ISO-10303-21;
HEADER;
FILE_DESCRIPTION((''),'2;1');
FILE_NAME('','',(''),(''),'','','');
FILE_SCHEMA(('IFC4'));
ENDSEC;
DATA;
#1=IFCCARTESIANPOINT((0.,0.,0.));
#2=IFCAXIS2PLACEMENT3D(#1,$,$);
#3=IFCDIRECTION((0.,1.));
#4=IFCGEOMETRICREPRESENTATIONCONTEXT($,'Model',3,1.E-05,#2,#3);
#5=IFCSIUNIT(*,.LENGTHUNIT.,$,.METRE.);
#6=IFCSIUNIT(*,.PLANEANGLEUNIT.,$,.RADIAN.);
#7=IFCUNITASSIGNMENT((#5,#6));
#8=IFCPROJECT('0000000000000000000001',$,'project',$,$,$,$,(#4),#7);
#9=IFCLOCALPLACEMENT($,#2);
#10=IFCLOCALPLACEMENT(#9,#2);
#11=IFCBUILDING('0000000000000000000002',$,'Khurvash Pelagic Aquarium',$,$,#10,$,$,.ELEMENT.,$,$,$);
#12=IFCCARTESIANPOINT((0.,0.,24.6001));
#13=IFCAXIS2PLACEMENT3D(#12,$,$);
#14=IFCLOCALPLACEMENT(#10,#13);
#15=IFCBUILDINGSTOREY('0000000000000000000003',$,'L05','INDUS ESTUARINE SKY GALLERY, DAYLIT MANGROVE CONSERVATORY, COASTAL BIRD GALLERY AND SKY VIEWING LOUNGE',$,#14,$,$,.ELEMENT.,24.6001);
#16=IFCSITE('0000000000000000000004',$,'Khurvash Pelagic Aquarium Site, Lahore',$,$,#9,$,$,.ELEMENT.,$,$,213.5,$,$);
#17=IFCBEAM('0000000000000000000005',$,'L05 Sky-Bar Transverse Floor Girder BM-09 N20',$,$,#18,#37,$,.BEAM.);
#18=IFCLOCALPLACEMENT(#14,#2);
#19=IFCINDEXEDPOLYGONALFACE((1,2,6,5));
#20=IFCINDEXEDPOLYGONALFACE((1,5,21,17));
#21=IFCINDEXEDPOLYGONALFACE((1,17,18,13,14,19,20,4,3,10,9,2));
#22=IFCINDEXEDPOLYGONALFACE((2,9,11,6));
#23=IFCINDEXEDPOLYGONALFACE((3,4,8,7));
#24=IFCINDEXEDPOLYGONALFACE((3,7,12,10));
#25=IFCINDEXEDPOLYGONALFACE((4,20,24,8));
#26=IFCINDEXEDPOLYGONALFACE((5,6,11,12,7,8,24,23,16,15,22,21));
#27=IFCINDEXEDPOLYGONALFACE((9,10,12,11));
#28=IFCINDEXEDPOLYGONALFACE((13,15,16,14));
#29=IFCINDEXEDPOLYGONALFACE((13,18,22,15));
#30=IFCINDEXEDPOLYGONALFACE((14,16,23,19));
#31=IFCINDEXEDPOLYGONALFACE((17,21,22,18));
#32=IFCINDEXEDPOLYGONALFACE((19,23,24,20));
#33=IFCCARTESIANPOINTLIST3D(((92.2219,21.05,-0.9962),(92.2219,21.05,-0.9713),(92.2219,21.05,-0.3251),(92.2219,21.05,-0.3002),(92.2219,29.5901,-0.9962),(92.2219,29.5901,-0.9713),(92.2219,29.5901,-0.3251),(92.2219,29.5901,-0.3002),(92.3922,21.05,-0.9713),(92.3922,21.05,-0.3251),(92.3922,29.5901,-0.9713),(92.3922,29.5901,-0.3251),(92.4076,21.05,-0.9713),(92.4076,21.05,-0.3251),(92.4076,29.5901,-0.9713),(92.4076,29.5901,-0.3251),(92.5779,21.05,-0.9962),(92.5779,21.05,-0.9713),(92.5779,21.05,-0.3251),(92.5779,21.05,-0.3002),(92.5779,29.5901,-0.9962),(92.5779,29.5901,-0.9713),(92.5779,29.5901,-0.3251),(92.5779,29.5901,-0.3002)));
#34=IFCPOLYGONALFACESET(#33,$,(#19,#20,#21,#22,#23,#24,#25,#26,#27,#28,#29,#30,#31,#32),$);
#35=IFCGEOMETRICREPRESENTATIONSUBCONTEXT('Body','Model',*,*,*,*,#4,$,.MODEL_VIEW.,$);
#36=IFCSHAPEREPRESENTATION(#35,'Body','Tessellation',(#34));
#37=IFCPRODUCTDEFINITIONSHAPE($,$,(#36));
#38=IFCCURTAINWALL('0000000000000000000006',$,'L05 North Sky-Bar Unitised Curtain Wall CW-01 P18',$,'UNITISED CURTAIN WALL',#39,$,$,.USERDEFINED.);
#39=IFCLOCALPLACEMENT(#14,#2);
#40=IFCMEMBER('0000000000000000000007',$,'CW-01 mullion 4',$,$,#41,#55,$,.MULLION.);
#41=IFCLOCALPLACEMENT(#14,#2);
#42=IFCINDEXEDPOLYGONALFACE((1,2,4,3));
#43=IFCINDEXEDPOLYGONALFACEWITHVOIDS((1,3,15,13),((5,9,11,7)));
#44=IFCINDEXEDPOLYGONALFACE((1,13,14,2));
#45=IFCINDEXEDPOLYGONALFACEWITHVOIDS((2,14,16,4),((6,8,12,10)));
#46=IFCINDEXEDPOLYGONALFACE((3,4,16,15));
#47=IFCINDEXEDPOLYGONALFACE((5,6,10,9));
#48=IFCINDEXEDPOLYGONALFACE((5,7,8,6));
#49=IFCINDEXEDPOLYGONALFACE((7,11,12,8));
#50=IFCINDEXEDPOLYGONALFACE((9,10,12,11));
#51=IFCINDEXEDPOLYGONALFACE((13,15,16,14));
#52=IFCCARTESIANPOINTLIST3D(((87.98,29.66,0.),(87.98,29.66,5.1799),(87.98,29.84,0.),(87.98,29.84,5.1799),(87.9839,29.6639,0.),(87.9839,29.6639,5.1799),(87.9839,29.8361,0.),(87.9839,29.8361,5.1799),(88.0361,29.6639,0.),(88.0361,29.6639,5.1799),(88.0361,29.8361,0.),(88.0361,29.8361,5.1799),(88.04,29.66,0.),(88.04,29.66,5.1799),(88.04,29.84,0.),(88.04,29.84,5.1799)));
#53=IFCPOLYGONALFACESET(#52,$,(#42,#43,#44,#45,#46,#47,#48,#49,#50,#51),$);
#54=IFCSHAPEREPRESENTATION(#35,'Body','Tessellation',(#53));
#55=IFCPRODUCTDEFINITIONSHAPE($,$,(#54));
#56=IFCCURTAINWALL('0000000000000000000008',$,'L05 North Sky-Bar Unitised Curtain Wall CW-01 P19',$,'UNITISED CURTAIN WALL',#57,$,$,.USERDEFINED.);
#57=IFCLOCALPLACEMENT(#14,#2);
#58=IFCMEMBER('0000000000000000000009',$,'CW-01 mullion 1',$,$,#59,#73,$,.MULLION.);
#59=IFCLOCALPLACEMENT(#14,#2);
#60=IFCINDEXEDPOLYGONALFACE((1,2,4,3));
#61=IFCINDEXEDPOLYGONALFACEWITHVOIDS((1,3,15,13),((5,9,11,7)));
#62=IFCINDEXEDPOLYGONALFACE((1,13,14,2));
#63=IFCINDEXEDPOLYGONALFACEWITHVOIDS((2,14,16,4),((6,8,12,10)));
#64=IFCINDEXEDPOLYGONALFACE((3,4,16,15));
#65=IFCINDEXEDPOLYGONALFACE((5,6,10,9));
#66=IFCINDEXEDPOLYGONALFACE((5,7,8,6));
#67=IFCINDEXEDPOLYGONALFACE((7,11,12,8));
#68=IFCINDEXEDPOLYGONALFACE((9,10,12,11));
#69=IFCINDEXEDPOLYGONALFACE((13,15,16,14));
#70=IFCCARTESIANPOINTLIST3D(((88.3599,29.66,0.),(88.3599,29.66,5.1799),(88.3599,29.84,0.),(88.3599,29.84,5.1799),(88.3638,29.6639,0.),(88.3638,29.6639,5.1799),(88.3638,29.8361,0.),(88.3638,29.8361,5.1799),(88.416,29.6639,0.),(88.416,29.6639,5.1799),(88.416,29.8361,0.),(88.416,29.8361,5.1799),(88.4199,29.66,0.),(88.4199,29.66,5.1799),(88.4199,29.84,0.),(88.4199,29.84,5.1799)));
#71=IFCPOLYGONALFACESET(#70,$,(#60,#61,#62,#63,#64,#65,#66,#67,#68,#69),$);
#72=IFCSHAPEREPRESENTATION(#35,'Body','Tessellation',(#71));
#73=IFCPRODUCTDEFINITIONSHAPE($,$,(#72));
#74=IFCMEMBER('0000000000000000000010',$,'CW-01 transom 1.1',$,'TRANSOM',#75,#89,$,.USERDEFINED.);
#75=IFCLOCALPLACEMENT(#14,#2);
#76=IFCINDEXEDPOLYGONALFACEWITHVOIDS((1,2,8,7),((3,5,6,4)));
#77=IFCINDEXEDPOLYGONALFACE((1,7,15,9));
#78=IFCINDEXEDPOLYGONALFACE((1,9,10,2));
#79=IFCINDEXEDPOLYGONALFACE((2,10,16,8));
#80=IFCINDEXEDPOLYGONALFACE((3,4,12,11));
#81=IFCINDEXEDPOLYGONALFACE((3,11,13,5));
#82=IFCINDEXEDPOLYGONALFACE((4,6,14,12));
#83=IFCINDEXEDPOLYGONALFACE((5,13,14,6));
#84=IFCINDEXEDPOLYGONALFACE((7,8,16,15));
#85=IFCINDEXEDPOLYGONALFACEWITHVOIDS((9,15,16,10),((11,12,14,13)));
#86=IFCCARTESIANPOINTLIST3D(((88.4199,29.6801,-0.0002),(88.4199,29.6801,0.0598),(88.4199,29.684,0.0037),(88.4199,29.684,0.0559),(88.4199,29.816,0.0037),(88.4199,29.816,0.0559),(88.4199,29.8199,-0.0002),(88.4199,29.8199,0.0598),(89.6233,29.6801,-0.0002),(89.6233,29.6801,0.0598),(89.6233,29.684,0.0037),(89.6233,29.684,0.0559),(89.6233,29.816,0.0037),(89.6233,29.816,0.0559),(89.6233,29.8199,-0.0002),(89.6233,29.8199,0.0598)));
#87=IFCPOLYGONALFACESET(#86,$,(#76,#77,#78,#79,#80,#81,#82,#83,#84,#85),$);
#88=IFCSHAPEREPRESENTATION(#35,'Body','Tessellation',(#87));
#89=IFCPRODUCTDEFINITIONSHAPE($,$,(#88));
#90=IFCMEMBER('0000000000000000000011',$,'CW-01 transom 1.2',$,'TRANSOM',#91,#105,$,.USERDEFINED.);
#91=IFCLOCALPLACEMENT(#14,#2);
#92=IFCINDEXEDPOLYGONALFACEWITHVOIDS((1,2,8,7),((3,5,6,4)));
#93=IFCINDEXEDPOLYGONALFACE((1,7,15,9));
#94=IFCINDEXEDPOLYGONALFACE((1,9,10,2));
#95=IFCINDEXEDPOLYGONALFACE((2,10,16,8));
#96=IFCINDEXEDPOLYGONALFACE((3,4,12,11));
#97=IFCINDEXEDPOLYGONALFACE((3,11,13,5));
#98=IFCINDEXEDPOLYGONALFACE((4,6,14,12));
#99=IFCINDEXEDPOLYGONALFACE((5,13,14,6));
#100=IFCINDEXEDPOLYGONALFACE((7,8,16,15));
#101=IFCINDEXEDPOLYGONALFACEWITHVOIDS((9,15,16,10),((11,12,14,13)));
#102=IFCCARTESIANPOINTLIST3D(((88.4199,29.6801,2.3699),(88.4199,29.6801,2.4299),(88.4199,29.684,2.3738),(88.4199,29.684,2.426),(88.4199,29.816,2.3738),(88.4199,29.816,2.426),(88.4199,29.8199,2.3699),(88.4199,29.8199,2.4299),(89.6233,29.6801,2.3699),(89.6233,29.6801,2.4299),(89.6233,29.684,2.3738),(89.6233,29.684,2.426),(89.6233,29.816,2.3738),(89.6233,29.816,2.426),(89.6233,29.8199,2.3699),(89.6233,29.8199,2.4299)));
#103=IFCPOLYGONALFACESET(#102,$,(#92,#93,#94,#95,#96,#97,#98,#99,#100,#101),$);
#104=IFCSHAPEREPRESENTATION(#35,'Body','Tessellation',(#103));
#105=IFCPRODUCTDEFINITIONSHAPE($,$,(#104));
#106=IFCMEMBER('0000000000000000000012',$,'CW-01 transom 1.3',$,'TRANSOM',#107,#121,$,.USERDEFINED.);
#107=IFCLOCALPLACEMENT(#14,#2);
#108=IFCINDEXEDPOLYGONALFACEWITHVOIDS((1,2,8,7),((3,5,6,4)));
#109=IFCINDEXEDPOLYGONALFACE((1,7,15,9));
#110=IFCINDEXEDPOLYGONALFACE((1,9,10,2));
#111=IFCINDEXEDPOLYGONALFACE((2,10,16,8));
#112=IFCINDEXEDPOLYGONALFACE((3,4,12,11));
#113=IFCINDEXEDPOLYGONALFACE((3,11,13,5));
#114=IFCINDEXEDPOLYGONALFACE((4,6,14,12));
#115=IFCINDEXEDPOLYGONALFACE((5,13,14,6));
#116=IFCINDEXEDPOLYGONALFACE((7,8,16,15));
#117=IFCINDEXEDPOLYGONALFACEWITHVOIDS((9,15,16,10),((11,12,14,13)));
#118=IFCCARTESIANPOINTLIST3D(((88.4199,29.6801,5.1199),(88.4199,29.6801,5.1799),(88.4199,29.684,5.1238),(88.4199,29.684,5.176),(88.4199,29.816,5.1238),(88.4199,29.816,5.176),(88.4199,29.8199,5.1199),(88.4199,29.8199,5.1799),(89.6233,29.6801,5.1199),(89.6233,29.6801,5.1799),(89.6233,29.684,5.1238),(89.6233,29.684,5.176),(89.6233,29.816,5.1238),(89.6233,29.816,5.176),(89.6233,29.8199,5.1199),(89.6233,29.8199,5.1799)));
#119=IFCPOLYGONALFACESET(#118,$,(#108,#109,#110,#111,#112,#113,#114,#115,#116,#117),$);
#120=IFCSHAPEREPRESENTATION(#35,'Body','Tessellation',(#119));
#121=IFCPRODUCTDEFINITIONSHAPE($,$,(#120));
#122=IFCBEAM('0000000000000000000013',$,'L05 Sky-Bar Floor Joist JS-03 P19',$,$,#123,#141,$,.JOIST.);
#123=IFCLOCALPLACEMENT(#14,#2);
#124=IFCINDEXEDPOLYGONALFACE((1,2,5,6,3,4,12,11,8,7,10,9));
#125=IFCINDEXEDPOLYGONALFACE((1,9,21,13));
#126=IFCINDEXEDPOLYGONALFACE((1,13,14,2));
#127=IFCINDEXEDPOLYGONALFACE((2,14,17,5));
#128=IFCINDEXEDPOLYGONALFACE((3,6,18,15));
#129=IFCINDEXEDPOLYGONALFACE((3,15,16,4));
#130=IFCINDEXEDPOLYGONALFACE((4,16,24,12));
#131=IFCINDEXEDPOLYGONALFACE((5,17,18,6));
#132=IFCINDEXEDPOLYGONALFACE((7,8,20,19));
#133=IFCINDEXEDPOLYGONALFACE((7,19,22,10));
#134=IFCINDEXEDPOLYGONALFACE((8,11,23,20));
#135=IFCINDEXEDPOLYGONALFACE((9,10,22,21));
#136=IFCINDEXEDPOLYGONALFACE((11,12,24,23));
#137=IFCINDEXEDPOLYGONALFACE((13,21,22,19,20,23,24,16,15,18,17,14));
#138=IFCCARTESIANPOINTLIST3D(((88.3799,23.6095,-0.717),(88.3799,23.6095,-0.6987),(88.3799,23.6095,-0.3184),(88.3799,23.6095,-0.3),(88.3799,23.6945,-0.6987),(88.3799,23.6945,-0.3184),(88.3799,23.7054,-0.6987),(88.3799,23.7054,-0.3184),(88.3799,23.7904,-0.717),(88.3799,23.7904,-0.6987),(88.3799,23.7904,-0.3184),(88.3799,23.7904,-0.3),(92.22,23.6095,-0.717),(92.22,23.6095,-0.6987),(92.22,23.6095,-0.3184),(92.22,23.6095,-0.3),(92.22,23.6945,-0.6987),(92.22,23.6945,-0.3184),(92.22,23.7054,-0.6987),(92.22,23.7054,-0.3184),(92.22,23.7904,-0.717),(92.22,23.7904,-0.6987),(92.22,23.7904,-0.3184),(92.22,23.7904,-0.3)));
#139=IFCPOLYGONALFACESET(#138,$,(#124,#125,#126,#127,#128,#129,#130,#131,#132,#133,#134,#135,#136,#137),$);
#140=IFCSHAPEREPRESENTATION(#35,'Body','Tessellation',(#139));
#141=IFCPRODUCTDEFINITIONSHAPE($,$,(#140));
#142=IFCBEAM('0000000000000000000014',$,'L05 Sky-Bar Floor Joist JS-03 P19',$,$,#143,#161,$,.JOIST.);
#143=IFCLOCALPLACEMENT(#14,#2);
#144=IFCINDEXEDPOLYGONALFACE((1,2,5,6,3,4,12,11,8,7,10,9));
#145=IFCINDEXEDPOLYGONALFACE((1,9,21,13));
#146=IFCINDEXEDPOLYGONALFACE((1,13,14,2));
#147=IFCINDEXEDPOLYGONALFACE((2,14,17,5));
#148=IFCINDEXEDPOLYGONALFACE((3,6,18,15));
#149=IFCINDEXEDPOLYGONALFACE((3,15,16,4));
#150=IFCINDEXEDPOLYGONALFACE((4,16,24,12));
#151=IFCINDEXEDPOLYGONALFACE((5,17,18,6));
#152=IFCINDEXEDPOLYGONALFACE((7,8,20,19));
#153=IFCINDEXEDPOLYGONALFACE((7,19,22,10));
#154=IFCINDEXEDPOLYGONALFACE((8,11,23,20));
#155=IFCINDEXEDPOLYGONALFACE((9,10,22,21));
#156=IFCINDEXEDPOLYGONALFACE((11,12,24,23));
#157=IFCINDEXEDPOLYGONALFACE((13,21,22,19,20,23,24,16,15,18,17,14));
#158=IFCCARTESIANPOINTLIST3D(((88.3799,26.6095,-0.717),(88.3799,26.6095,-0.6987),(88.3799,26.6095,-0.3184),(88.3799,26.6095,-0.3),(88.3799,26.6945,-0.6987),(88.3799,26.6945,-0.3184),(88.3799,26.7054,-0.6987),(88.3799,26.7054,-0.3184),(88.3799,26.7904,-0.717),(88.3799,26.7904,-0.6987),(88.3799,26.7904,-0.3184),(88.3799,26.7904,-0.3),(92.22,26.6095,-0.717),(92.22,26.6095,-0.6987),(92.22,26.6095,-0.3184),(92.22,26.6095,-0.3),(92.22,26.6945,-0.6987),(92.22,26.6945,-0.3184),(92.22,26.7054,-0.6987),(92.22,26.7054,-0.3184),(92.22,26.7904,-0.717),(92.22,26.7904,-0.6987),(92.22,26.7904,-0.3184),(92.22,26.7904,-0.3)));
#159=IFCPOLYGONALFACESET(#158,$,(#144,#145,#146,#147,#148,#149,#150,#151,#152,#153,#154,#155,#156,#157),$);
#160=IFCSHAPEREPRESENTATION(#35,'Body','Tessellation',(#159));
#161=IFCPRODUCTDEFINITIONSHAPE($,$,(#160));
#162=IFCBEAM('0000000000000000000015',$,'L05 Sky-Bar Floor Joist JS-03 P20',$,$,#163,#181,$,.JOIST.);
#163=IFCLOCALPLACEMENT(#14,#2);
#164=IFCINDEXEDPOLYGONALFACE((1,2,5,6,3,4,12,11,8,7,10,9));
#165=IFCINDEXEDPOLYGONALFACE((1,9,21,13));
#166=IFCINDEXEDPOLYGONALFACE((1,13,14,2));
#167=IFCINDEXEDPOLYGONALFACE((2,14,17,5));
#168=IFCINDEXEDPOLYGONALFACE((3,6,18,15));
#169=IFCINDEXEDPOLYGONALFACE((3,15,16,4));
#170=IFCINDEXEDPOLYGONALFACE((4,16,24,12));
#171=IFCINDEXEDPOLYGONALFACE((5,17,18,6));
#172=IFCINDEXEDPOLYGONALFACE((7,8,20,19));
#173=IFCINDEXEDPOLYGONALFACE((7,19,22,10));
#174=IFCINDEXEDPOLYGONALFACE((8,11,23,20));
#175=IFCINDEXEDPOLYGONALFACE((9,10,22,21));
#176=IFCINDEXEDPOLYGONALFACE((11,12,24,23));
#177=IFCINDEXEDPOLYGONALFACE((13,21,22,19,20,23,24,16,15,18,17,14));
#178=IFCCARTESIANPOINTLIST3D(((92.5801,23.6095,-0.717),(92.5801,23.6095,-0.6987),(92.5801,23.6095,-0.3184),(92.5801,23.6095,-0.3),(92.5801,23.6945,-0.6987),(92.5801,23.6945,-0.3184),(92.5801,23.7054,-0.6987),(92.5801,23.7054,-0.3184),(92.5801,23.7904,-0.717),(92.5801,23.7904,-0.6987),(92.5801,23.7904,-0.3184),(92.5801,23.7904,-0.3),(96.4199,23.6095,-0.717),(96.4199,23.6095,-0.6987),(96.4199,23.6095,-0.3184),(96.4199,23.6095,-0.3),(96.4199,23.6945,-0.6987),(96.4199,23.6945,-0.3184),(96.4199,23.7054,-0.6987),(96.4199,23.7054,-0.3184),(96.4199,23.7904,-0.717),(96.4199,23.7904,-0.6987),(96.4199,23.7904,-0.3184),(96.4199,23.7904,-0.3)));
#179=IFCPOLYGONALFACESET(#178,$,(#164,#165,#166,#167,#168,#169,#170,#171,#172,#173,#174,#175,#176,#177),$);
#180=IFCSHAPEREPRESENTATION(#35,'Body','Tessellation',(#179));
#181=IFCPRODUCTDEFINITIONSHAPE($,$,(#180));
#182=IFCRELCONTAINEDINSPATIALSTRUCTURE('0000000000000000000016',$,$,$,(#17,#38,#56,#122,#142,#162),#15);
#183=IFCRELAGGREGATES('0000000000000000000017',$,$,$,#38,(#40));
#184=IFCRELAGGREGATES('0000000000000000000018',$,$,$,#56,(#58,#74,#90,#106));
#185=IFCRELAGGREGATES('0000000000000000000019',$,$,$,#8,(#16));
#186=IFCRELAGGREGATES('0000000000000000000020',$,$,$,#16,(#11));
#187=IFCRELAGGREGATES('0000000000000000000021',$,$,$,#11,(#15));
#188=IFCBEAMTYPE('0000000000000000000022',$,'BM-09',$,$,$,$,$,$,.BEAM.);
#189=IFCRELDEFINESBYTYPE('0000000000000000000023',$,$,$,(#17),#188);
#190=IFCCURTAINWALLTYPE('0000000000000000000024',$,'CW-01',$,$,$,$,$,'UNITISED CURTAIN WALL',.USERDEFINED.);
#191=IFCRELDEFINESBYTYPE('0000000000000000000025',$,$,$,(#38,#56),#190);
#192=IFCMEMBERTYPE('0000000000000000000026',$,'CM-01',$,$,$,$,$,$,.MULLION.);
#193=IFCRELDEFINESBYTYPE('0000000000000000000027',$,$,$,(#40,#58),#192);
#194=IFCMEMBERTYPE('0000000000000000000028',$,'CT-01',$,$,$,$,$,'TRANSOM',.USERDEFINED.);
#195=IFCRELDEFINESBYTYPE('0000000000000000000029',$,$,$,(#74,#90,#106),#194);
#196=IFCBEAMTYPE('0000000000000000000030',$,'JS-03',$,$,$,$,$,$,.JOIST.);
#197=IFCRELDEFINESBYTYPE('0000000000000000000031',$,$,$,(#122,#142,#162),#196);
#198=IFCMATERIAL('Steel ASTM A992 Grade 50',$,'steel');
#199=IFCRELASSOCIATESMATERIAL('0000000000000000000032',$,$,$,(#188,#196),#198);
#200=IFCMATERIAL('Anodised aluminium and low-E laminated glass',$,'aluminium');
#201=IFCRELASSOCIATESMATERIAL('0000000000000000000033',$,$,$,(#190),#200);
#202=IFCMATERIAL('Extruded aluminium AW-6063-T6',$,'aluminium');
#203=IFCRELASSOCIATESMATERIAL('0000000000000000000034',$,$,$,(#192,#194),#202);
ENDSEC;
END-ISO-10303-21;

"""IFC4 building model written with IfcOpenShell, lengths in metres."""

from ifc_helpers import new_model, si_unit, direction, frame, origin, origin_2d, place, context, subcontext, project, spatial, hollow_rectangle, i_section, extrude, material, material_profile, profile_set, type_object, element, aggregate, save


model = new_model("IFC4")

# Units and contexts
model_context = context("Model", 3, precision=1e-05, world=origin(), true_north=direction((0.0, 1.0)))
body_context = subcontext(model_context, "Body", "Model", "MODEL_VIEW")
ifc_project = project(units=[si_unit("LENGTHUNIT", "METRE"), si_unit("PLANEANGLEUNIT", "RADIAN")], contexts=[model_context])

# Site, building, storey
site_placement = place(None, origin())
site = spatial("IfcSite", under=ifc_project, at=site_placement, Name="Khurvash Pelagic Aquarium Site, Lahore", CompositionType="ELEMENT", RefElevation=213.5)
building_placement = place(site_placement, origin())
building = spatial("IfcBuilding", under=site, at=building_placement, Name="Khurvash Pelagic Aquarium", CompositionType="ELEMENT")
storey_placement = place(building_placement, frame((0.0, 0.0, 24.6001)))
storey = spatial("IfcBuildingStorey", under=building, at=storey_placement, Name="L05", Description="INDUS ESTUARINE SKY GALLERY, DAYLIT MANGROVE CONSERVATORY, COASTAL BIRD GALLERY AND SKY VIEWING LOUNGE", CompositionType="ELEMENT", Elevation=24.6001)

# Beam
ifc_material_1 = material(Name="Steel ASTM A992 Grade 50", Category="steel")
ifc_material_profile_1 = material_profile(ifc_material_1, i_section(OverallWidth=0.356, OverallDepth=0.696, WebThickness=0.0154, FlangeThickness=0.0249, at=origin_2d()), Name="W27X146")
ifc_profile_set_1 = profile_set([ifc_material_profile_1], Name="Steel ASTM A992 Grade 50")
beam_type_1 = type_object("IfcBeamType", Name="BM-09", PredefinedType="BEAM", material=ifc_profile_set_1)
beam_placement = place(storey_placement, frame((92.3999, 21.05, -0.6482), z_axis=(0.0, 1.0, 0.0), x_axis=(-1.0, 0.0, 0.0)))
element("IfcBeam", 1, at=beam_placement, inside=storey, type_object=beam_type_1, Name="L05 Sky-Bar Transverse Floor Girder BM-09 N20", PredefinedType="BEAM", context=body_context, shape_type="SweptSolid", body=[
    extrude(i_section(OverallWidth=0.356, OverallDepth=0.696, WebThickness=0.0154, FlangeThickness=0.0249, at=origin_2d()), origin(), (0.0, 0.0, 1.0), 8.54),
])

# Curtain wall, member
ifc_material_2 = material(Name="Anodised aluminium and low-E laminated glass", Category="aluminium")
curtain_wall_type = type_object("IfcCurtainWallType", Name="CW-01", ElementType="UNITISED CURTAIN WALL", PredefinedType="USERDEFINED", material=ifc_material_2)
curtain_wall_1_placement = place(storey_placement, origin())
curtain_wall_1 = element("IfcCurtainWall", 2, at=curtain_wall_1_placement, inside=storey, type_object=curtain_wall_type, Name="L05 North Sky-Bar Unitised Curtain Wall CW-01 P18", ObjectType="UNITISED CURTAIN WALL", PredefinedType="USERDEFINED")
ifc_material_3 = material(Name="Extruded aluminium AW-6063-T6", Category="aluminium")
ifc_material_profile_2 = material_profile(ifc_material_3, hollow_rectangle(XDim=0.0601, YDim=0.1799, WallThickness=0.0039, at=origin_2d()), Name="CWM60X180X4")
ifc_profile_set_2 = profile_set([ifc_material_profile_2], Name="Extruded aluminium AW-6063-T6")
member_type_1 = type_object("IfcMemberType", Name="CM-01", PredefinedType="MULLION", material=ifc_profile_set_2)
member_1_placement = place(storey_placement, frame((88.01, 29.75, 0.0), z_axis=(0.0, 0.0, 1.0), x_axis=(1.0, 0.0, 0.0)))
member_1 = element("IfcMember", 3, at=member_1_placement, type_object=member_type_1, Name="CW-01 mullion 4", PredefinedType="MULLION", context=body_context, shape_type="SweptSolid", body=[
    extrude(hollow_rectangle(XDim=0.0601, YDim=0.1799, WallThickness=0.0039, at=origin_2d()), origin(), (0.0, 0.0, 1.0), 5.1799),
])
aggregate(curtain_wall_1, [member_1])

# Curtain wall, members
curtain_wall_2_placement = place(storey_placement, origin())
curtain_wall_2 = element("IfcCurtainWall", 4, at=curtain_wall_2_placement, inside=storey, type_object=curtain_wall_type, Name="L05 North Sky-Bar Unitised Curtain Wall CW-01 P19", ObjectType="UNITISED CURTAIN WALL", PredefinedType="USERDEFINED")
member_2_placement = place(storey_placement, frame((88.3899, 29.75, 0.0), z_axis=(0.0, 0.0, 1.0), x_axis=(1.0, 0.0, 0.0)))
member_2 = element("IfcMember", 5, at=member_2_placement, type_object=member_type_1, Name="CW-01 mullion 1", PredefinedType="MULLION", context=body_context, shape_type="SweptSolid", body=[
    extrude(hollow_rectangle(XDim=0.0601, YDim=0.1799, WallThickness=0.0039, at=origin_2d()), origin(), (0.0, 0.0, 1.0), 5.1799),
])
ifc_material_profile_3 = material_profile(ifc_material_3, hollow_rectangle(XDim=0.1399, YDim=0.0601, WallThickness=0.0039, at=origin_2d()), Name="CWT140X60X4")
ifc_profile_set_3 = profile_set([ifc_material_profile_3], Name="Extruded aluminium AW-6063-T6")
member_type_2 = type_object("IfcMemberType", Name="CT-01", ElementType="TRANSOM", PredefinedType="USERDEFINED", material=ifc_profile_set_3)
member_3_placement = place(storey_placement, frame((88.4199, 29.75, 0.0298), z_axis=(1.0, 0.0, 0.0), x_axis=(0.0, 1.0, 0.0)))
member_3 = element("IfcMember", 6, at=member_3_placement, type_object=member_type_2, Name="CW-01 transom 1.1", ObjectType="TRANSOM", PredefinedType="USERDEFINED", context=body_context, shape_type="SweptSolid", body=[
    extrude(hollow_rectangle(XDim=0.1399, YDim=0.0601, WallThickness=0.0039, at=origin_2d()), origin(), (0.0, 0.0, 1.0), 1.2034),
])
member_4_placement = place(storey_placement, frame((88.4199, 29.75, 2.3999), z_axis=(1.0, 0.0, 0.0), x_axis=(0.0, 1.0, 0.0)))
member_4 = element("IfcMember", 7, at=member_4_placement, type_object=member_type_2, Name="CW-01 transom 1.2", ObjectType="TRANSOM", PredefinedType="USERDEFINED", context=body_context, shape_type="SweptSolid", body=[
    extrude(hollow_rectangle(XDim=0.1399, YDim=0.0601, WallThickness=0.0039, at=origin_2d()), origin(), (0.0, 0.0, 1.0), 1.2034),
])
member_5_placement = place(storey_placement, frame((88.4199, 29.75, 5.1499), z_axis=(1.0, 0.0, 0.0), x_axis=(0.0, 1.0, 0.0)))
member_5 = element("IfcMember", 8, at=member_5_placement, type_object=member_type_2, Name="CW-01 transom 1.3", ObjectType="TRANSOM", PredefinedType="USERDEFINED", context=body_context, shape_type="SweptSolid", body=[
    extrude(hollow_rectangle(XDim=0.1399, YDim=0.0601, WallThickness=0.0039, at=origin_2d()), origin(), (0.0, 0.0, 1.0), 1.2034),
])

# Beams
ifc_material_profile_4 = material_profile(ifc_material_1, i_section(OverallWidth=0.1809, OverallDepth=0.417, WebThickness=0.011, FlangeThickness=0.0183, at=origin_2d()), Name="W16X57")
ifc_profile_set_4 = profile_set([ifc_material_profile_4], Name="Steel ASTM A992 Grade 50")
beam_type_2 = type_object("IfcBeamType", Name="JS-03", PredefinedType="JOIST", material=ifc_profile_set_4)
for number, where, z_axis, x_axis, name in (
    (9, (88.3799, 23.7, -0.5085), (1.0, 0.0, 0.0), (0.0, 1.0, 0.0), "L05 Sky-Bar Floor Joist JS-03 P19"),
    (10, (88.3799, 26.7, -0.5085), (1.0, 0.0, 0.0), (0.0, 1.0, 0.0), "L05 Sky-Bar Floor Joist JS-03 P19"),
):
    element("IfcBeam", number, at=place(storey_placement, frame(where, z_axis=z_axis, x_axis=x_axis)), inside=storey, type_object=beam_type_2, Name=name, PredefinedType="JOIST", context=body_context, shape_type="SweptSolid", body=[
        extrude(i_section(OverallWidth=0.1809, OverallDepth=0.417, WebThickness=0.011, FlangeThickness=0.0183, at=origin_2d()), origin(), (0.0, 0.0, 1.0), 3.8401),
    ])
for number, where, z_axis, x_axis, name in (
    (11, (92.5801, 23.7, -0.5085), (1.0, 0.0, 0.0), (0.0, 1.0, 0.0), "L05 Sky-Bar Floor Joist JS-03 P20"),
):
    element("IfcBeam", number, at=place(storey_placement, frame(where, z_axis=z_axis, x_axis=x_axis)), inside=storey, type_object=beam_type_2, Name=name, PredefinedType="JOIST", context=body_context, shape_type="SweptSolid", body=[
        extrude(i_section(OverallWidth=0.1809, OverallDepth=0.417, WebThickness=0.011, FlangeThickness=0.0183, at=origin_2d()), origin(), (0.0, 0.0, 1.0), 3.8398),
    ])

aggregate(curtain_wall_2, [member_2, member_3, member_4, member_5])

save(model, "model.ifc")
